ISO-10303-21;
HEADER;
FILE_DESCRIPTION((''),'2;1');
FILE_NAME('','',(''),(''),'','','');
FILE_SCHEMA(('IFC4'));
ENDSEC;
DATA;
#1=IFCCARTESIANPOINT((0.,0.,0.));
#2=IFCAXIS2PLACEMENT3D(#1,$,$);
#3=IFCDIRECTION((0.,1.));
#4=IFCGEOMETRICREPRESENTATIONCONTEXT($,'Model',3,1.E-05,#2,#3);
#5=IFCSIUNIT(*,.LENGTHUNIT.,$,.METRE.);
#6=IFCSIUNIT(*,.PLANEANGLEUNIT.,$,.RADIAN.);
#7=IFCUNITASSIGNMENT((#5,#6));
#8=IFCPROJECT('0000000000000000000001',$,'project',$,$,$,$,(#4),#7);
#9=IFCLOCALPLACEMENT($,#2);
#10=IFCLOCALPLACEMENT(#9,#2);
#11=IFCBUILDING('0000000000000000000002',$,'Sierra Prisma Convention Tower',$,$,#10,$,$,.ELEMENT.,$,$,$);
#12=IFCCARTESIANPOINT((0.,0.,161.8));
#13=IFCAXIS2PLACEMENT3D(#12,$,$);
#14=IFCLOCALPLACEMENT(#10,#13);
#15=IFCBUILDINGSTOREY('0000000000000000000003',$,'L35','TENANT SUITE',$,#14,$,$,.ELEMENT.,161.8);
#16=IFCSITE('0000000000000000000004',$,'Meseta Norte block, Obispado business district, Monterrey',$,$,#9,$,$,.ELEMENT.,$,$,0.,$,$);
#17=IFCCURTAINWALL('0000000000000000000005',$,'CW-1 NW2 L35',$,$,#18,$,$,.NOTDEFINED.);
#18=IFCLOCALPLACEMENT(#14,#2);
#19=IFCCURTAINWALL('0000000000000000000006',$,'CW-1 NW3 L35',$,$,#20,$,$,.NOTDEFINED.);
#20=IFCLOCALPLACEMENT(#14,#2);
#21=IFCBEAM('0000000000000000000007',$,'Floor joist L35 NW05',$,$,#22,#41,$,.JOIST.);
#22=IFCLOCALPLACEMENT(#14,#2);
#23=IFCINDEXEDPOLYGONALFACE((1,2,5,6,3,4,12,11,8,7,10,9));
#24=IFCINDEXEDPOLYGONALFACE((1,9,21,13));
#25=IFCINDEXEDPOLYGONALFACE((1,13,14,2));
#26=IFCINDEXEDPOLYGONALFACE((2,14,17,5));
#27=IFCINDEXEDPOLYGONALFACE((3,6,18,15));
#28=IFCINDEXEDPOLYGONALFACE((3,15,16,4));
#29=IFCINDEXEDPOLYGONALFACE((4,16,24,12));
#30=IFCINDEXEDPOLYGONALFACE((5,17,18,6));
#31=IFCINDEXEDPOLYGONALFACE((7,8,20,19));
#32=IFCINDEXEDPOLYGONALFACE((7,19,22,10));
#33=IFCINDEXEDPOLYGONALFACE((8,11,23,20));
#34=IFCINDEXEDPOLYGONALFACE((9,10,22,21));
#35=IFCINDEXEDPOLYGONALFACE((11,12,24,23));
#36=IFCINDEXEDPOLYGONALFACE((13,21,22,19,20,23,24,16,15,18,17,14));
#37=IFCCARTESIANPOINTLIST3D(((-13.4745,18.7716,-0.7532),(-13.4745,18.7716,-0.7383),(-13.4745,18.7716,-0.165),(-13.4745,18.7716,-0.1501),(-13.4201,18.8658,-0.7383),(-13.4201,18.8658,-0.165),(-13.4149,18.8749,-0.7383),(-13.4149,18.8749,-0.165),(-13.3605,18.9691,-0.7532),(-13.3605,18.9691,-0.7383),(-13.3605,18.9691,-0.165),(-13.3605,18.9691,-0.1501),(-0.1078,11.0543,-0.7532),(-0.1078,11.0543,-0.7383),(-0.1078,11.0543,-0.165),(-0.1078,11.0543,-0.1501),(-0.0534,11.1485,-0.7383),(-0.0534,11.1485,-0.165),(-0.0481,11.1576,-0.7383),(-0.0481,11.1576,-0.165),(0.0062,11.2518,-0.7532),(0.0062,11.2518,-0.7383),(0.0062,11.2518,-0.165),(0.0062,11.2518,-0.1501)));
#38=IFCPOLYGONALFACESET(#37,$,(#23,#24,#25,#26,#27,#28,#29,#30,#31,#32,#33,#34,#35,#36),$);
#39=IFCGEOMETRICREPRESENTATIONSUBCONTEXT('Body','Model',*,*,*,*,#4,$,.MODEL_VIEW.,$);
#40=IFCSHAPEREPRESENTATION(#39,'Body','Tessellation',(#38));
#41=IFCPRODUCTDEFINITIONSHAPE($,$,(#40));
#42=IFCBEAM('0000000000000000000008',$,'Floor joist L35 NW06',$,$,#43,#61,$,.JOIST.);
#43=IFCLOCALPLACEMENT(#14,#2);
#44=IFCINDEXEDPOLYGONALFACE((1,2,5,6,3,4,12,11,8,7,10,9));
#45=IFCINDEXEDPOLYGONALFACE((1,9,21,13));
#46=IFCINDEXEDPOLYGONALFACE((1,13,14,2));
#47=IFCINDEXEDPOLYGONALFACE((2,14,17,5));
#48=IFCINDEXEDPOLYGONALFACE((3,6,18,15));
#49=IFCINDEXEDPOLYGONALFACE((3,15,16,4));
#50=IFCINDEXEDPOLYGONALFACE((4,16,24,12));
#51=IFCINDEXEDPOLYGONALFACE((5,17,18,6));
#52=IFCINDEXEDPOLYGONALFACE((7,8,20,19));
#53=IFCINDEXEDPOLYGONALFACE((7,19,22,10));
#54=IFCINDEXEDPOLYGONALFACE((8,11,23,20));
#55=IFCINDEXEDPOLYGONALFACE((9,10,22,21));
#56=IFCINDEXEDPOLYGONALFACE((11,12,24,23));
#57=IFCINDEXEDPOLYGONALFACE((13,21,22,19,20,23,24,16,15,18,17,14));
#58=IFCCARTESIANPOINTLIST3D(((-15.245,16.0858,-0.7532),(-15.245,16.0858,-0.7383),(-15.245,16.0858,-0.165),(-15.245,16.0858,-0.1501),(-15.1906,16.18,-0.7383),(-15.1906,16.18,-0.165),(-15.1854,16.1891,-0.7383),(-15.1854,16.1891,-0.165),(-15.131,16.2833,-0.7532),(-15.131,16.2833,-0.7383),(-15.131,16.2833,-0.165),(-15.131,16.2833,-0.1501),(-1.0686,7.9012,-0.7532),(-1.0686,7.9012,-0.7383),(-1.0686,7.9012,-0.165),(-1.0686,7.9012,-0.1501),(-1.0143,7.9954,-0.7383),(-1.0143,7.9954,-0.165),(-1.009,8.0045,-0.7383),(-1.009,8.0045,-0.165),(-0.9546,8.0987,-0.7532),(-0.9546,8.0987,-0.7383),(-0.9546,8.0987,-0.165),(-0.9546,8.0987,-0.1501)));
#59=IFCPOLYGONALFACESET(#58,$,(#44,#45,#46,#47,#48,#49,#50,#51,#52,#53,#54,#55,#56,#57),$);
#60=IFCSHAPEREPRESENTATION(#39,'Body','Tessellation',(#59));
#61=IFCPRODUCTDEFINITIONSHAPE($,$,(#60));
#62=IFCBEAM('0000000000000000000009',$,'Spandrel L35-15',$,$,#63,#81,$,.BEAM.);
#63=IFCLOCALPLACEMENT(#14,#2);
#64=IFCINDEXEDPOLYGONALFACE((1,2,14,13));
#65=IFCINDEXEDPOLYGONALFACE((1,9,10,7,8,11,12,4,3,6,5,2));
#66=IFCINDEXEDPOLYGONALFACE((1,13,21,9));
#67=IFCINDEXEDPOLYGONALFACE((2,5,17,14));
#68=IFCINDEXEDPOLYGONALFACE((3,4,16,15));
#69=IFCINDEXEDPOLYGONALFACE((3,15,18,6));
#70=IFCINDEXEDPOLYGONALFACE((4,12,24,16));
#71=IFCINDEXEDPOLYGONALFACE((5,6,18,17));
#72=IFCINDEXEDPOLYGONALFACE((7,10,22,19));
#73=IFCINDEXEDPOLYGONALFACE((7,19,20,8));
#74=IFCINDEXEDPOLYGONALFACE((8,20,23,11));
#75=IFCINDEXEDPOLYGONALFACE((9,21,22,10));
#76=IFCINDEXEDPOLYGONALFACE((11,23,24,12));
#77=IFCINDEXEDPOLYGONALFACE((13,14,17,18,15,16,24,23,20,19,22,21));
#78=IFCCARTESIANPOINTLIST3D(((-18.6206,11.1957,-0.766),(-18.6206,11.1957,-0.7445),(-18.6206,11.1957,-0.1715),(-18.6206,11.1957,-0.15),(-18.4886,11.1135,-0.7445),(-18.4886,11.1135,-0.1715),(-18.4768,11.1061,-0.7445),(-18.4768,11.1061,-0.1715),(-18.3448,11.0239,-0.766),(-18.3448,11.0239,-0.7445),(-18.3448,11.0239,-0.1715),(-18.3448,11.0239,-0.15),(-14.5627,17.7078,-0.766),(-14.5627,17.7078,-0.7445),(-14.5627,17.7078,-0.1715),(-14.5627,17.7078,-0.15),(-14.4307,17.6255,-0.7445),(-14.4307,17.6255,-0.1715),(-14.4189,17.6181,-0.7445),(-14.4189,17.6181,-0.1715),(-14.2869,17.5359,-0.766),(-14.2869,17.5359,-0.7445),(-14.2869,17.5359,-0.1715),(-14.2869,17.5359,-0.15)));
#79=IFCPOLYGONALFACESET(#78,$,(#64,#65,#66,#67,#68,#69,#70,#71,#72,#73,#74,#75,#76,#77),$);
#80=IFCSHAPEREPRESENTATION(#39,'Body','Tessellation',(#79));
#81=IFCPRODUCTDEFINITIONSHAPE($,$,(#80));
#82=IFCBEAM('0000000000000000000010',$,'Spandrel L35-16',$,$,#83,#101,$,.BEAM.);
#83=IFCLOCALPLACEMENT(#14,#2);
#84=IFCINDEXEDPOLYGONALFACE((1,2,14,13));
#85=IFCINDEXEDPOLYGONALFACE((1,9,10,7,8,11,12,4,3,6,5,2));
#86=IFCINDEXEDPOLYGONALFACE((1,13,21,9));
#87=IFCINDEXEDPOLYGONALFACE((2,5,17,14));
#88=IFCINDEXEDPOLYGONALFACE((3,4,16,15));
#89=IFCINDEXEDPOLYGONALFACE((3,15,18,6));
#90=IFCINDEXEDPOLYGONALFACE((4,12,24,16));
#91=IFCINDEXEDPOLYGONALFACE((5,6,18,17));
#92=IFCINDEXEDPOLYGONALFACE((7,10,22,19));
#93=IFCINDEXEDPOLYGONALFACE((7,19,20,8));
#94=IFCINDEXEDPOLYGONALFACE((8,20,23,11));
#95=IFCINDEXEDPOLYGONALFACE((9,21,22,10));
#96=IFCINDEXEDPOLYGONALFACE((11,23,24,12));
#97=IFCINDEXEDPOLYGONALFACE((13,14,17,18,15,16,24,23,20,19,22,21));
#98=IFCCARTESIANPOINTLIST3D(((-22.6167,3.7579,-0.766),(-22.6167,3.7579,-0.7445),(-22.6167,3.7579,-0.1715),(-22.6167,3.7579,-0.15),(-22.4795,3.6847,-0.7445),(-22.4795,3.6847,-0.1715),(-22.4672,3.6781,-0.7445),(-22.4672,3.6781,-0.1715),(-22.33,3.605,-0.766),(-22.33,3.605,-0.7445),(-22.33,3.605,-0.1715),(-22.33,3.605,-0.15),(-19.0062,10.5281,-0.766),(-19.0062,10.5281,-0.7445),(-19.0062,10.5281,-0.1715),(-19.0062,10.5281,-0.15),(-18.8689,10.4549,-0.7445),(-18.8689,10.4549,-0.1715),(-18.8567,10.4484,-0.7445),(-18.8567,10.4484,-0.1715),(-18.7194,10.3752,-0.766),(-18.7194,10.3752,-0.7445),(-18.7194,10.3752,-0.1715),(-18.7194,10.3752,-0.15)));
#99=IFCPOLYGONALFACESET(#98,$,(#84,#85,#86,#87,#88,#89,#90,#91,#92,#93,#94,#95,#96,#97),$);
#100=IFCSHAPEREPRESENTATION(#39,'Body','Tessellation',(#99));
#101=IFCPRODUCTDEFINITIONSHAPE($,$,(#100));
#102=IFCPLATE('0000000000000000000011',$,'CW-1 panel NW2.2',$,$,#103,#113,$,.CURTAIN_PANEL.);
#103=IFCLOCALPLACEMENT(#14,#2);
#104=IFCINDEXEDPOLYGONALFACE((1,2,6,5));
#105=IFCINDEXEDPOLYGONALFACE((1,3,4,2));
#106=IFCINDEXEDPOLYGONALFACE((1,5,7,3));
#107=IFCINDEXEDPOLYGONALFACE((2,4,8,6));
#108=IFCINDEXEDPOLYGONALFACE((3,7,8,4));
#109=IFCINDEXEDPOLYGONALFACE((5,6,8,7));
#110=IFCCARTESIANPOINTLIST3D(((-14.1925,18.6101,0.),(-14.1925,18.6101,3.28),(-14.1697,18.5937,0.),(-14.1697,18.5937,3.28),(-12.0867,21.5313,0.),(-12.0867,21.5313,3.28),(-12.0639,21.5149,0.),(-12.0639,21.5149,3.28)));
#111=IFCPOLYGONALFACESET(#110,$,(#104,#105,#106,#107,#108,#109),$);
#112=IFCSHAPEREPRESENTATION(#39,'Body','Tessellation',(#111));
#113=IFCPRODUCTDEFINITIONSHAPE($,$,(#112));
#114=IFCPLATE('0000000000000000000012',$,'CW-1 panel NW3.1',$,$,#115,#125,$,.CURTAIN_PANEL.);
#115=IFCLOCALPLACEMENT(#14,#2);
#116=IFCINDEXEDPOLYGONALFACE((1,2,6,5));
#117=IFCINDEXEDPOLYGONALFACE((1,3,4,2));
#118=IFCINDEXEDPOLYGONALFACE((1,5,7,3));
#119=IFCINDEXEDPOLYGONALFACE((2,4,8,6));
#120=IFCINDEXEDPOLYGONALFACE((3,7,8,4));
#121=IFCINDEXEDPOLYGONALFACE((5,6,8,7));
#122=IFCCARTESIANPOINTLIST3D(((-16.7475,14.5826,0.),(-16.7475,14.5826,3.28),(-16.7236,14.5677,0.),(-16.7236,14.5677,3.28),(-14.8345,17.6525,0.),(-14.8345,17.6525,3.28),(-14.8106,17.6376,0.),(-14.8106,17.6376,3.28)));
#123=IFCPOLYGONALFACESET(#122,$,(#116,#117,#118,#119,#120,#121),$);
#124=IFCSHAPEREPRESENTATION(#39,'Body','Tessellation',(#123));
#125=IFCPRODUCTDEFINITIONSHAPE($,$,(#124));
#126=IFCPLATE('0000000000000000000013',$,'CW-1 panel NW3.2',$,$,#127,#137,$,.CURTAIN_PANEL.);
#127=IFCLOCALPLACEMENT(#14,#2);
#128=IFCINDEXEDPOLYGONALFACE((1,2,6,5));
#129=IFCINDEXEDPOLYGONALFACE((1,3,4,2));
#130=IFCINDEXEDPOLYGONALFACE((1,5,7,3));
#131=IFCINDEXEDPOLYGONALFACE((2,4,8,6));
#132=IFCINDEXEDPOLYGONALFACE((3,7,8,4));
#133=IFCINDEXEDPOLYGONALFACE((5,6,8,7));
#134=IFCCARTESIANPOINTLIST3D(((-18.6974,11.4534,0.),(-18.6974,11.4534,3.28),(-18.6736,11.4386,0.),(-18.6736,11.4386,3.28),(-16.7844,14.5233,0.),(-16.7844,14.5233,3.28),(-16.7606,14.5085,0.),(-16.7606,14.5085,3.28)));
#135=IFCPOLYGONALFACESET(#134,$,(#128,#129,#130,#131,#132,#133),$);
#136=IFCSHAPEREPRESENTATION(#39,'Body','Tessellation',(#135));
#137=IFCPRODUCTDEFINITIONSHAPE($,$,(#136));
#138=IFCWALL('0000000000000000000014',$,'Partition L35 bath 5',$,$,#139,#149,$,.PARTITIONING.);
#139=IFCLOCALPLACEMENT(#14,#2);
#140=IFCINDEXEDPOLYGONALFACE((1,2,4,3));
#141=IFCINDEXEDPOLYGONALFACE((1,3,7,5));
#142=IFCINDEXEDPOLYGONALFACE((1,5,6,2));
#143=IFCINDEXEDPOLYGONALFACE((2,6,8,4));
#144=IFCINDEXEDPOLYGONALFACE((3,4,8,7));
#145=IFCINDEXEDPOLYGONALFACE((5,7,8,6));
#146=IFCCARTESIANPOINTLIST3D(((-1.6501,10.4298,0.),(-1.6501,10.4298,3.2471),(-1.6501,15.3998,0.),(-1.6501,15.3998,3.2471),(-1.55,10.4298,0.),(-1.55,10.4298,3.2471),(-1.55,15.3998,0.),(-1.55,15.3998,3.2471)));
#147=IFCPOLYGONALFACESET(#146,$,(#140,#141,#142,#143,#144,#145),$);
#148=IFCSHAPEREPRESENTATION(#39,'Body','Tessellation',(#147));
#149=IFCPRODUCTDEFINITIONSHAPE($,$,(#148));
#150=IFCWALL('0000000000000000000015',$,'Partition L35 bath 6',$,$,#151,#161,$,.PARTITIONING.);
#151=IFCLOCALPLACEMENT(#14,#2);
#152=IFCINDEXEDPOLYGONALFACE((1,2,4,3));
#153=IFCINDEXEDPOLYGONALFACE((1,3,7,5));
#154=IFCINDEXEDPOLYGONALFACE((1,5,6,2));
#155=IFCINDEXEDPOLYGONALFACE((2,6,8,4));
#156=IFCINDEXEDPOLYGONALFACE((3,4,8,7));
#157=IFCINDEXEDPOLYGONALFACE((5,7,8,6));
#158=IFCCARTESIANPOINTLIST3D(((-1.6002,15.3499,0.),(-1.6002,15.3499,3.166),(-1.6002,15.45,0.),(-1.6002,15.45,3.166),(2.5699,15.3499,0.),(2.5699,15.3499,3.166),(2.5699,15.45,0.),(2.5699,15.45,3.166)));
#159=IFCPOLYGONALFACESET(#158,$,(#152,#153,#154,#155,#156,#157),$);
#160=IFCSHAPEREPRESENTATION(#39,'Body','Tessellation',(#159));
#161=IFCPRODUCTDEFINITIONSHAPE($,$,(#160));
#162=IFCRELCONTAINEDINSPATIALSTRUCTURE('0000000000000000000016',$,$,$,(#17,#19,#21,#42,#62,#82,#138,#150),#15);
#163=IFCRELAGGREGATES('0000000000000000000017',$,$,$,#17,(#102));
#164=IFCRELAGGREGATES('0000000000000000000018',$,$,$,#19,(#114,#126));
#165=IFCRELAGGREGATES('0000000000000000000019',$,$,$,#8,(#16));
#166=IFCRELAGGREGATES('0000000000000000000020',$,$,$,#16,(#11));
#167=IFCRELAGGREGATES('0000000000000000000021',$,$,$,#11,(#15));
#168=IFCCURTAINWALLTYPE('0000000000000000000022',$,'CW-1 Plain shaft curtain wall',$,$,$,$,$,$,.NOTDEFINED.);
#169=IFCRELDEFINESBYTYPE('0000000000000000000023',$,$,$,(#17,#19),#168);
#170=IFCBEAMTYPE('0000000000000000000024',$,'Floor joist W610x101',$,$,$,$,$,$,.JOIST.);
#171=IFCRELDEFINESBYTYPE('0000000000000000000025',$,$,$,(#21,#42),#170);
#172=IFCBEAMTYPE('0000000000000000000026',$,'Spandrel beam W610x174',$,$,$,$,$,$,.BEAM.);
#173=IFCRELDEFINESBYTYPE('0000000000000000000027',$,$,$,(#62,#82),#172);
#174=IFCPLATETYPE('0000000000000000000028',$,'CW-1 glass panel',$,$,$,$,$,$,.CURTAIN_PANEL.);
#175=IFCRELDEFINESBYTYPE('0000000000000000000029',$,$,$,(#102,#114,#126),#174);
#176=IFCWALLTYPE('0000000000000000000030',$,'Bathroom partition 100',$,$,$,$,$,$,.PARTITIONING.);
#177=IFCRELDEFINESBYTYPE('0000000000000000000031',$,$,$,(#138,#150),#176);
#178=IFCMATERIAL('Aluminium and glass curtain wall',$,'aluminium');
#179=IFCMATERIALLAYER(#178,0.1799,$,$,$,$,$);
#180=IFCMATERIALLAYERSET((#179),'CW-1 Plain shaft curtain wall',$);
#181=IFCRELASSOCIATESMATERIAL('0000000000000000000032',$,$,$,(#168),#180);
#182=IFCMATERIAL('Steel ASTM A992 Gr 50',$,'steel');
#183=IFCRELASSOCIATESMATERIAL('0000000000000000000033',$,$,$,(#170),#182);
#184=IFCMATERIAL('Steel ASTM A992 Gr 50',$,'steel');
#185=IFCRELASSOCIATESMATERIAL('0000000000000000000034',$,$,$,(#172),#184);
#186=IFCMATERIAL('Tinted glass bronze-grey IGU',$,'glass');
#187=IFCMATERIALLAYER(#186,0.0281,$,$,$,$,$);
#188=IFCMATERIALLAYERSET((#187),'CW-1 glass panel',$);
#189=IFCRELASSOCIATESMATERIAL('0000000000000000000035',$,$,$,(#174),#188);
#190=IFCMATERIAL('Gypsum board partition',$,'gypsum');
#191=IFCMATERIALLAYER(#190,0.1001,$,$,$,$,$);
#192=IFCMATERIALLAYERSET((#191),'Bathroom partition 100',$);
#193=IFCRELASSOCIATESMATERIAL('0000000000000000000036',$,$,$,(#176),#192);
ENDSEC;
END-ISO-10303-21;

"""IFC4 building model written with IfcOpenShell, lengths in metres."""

from ifc_helpers import new_model, si_unit, direction, frame, frame_2d, origin, origin_2d, place, context, subcontext, project, spatial, rectangle, i_section, extrude, material, layer, layer_set, material_profile, profile_set, type_object, element, aggregate, save


model = new_model("IFC4")

# Units and contexts
model_context = context("Model", 3, precision=1e-05, world=origin(), true_north=direction((0.0, 1.0)))
body_context = subcontext(model_context, "Body", "Model", "MODEL_VIEW")
ifc_project = project(units=[si_unit("LENGTHUNIT", "METRE"), si_unit("PLANEANGLEUNIT", "RADIAN")], contexts=[model_context])

# Site, building, storey
site_placement = place(None, origin())
site = spatial("IfcSite", under=ifc_project, at=site_placement, Name="Meseta Norte block, Obispado business district, Monterrey", CompositionType="ELEMENT", RefElevation=0.0)
building_placement = place(site_placement, origin())
building = spatial("IfcBuilding", under=site, at=building_placement, Name="Sierra Prisma Convention Tower", CompositionType="ELEMENT")
storey_placement = place(building_placement, frame((0.0, 0.0, 161.8)))
storey = spatial("IfcBuildingStorey", under=building, at=storey_placement, Name="L35", Description="TENANT SUITE", CompositionType="ELEMENT", Elevation=161.8)

# Curtain wall
ifc_material_1 = material(Name="Aluminium and glass curtain wall", Category="aluminium")
ifc_layer_1 = layer(ifc_material_1, 0.1799)
ifc_layer_set_1 = layer_set([ifc_layer_1], Name="CW-1 Plain shaft curtain wall")
curtain_wall_type = type_object("IfcCurtainWallType", Name="CW-1 Plain shaft curtain wall", PredefinedType="NOTDEFINED", material=ifc_layer_set_1)
curtain_wall_1_placement = place(storey_placement, origin())
curtain_wall_1 = element("IfcCurtainWall", 1, at=curtain_wall_1_placement, inside=storey, type_object=curtain_wall_type, Name="CW-1 NW2 L35", PredefinedType="NOTDEFINED")

# Curtain wall
curtain_wall_2_placement = place(storey_placement, origin())
curtain_wall_2 = element("IfcCurtainWall", 2, at=curtain_wall_2_placement, inside=storey, type_object=curtain_wall_type, Name="CW-1 NW3 L35", PredefinedType="NOTDEFINED")

# Beams
ifc_material_2 = material(Name="Steel ASTM A992 Gr 50", Category="steel")
ifc_material_profile_1 = material_profile(ifc_material_2, i_section(OverallWidth=0.228, OverallDepth=0.603, WebThickness=0.0105, FlangeThickness=0.0149, at=origin_2d()), Name="W610x101")
ifc_profile_set_1 = profile_set([ifc_material_profile_1], Name="Steel ASTM A992 Gr 50")
beam_type_1 = type_object("IfcBeamType", Name="Floor joist W610x101", PredefinedType="JOIST", material=ifc_profile_set_1)
beam_1_placement = place(storey_placement, frame((-13.4175, 18.8704, -0.4517), z_axis=(0.866025, -0.500001, 0.0), x_axis=(0.500001, 0.866025, 0.0)))
element("IfcBeam", 3, at=beam_1_placement, inside=storey, type_object=beam_type_1, Name="Floor joist L35 NW05", PredefinedType="JOIST", context=body_context, shape_type="SweptSolid", body=[
    extrude(i_section(OverallWidth=0.228, OverallDepth=0.603, WebThickness=0.0105, FlangeThickness=0.0149, at=origin_2d()), origin(), (0.0, 0.0, 1.0), 15.4346),
])
beam_2_placement = place(storey_placement, frame((-15.188, 16.1846, -0.4517), z_axis=(0.866028, -0.499995, 0.0), x_axis=(0.499995, 0.866028, 0.0)))
element("IfcBeam", 4, at=beam_2_placement, inside=storey, type_object=beam_type_1, Name="Floor joist L35 NW06", PredefinedType="JOIST", context=body_context, shape_type="SweptSolid", body=[
    extrude(i_section(OverallWidth=0.228, OverallDepth=0.603, WebThickness=0.0105, FlangeThickness=0.0149, at=origin_2d()), origin(), (0.0, 0.0, 1.0), 16.3694),
])
ifc_material_3 = material(Name="Steel ASTM A992 Gr 50", Category="steel")
ifc_material_profile_2 = material_profile(ifc_material_3, i_section(OverallWidth=0.325, OverallDepth=0.616, WebThickness=0.0139, FlangeThickness=0.0215, at=origin_2d()), Name="W610x174")
ifc_profile_set_2 = profile_set([ifc_material_profile_2], Name="Steel ASTM A992 Gr 50")
beam_type_2 = type_object("IfcBeamType", Name="Spandrel beam W610x174", PredefinedType="BEAM", material=ifc_profile_set_2)
for number, where, z_axis, x_axis, name in (
    (5, (-14.4248, 17.6218, -0.458), (-0.528863, -0.848707, 0.0), (0.848707, -0.528863, 0.0), "Spandrel L35-15"),
    (6, (-18.8628, 10.4517, -0.458), (-0.470567, -0.882364, 0.0), (0.882364, -0.470567, 0.0), "Spandrel L35-16"),
):
    element("IfcBeam", number, at=place(storey_placement, frame(where, z_axis=z_axis, x_axis=x_axis)), inside=storey, type_object=beam_type_2, Name=name, PredefinedType="BEAM", context=body_context, shape_type="SweptSolid", body=[
        extrude(i_section(OverallWidth=0.325, OverallDepth=0.616, WebThickness=0.0139, FlangeThickness=0.0215, at=origin_2d()), origin(), (0.0, 0.0, 1.0), 7.6729),
    ])

# Plates
ifc_material_4 = material(Name="Tinted glass bronze-grey IGU", Category="glass")
ifc_layer_2 = layer(ifc_material_4, 0.0281)
ifc_layer_set_2 = layer_set([ifc_layer_2], Name="CW-1 glass panel")
plate_type = type_object("IfcPlateType", Name="CW-1 glass panel", PredefinedType="CURTAIN_PANEL", material=ifc_layer_set_2)
plate_1_placement = place(storey_placement, frame((-13.1282, 20.0625, 0.0), z_axis=(0.0, 0.0, 1.0), x_axis=(-0.584776, -0.811195, 0.0)))
plate_1 = element("IfcPlate", 7, at=plate_1_placement, type_object=plate_type, Name="CW-1 panel NW2.2", PredefinedType="CURTAIN_PANEL", context=body_context, shape_type="SweptSolid", body=[
    extrude(rectangle(XDim=3.6011, YDim=0.0281, at=origin_2d()), origin(), (0.0, 0.0, 1.0), 3.28),
])
aggregate(curtain_wall_1, [plate_1])
plate_2_placement = place(storey_placement, frame((-15.7791, 16.1101, 0.0), z_axis=(0.0, 0.0, 1.0), x_axis=(-0.528869, -0.848704, 0.0)))
plate_2 = element("IfcPlate", 8, at=plate_2_placement, type_object=plate_type, Name="CW-1 panel NW3.1", PredefinedType="CURTAIN_PANEL", context=body_context, shape_type="SweptSolid", body=[
    extrude(rectangle(XDim=3.6172, YDim=0.0281, at=origin_2d()), origin(), (0.0, 0.0, 1.0), 3.28),
])
plate_3_placement = place(storey_placement, frame((-17.729, 12.981, 0.0), z_axis=(0.0, 0.0, 1.0), x_axis=(-0.528869, -0.848704, 0.0)))
plate_3 = element("IfcPlate", 9, at=plate_3_placement, type_object=plate_type, Name="CW-1 panel NW3.2", PredefinedType="CURTAIN_PANEL", context=body_context, shape_type="SweptSolid", body=[
    extrude(rectangle(XDim=3.6172, YDim=0.0281, at=origin_2d()), origin(), (0.0, 0.0, 1.0), 3.28),
])
aggregate(curtain_wall_2, [plate_2, plate_3])

# Walls
ifc_material_5 = material(Name="Gypsum board partition", Category="gypsum")
ifc_layer_3 = layer(ifc_material_5, 0.1001)
ifc_layer_set_3 = layer_set([ifc_layer_3], Name="Bathroom partition 100")
wall_type_1 = type_object("IfcWallType", Name="Bathroom partition 100", PredefinedType="PARTITIONING", material=ifc_layer_set_3)
wall_1_placement = place(storey_placement, frame((-1.6001, 10.4299, 0.0), z_axis=(0.0, 0.0, 1.0), x_axis=(0.0, 1.0, 0.0)))
element("IfcWall", 10, at=wall_1_placement, inside=storey, type_object=wall_type_1, Name="Partition L35 bath 5", PredefinedType="PARTITIONING", context=body_context, shape_type="SweptSolid", body=[
    extrude(rectangle(XDim=4.97, YDim=0.1001, at=frame_2d((2.4849, 0.0))), origin(), (0.0, 0.0, 1.0), 3.2471),
])
wall_2_placement = place(storey_placement, frame((-1.6001, 15.3999, 0.0), z_axis=(0.0, 0.0, 1.0), x_axis=(1.0, 0.0, 0.0)))
element("IfcWall", 11, at=wall_2_placement, inside=storey, type_object=wall_type_1, Name="Partition L35 bath 6", PredefinedType="PARTITIONING", context=body_context, shape_type="SweptSolid", body=[
    extrude(rectangle(XDim=4.1702, YDim=0.1001, at=frame_2d((2.085, 0.0))), origin(), (0.0, 0.0, 1.0), 3.166),
])

save(model, "model.ifc")
